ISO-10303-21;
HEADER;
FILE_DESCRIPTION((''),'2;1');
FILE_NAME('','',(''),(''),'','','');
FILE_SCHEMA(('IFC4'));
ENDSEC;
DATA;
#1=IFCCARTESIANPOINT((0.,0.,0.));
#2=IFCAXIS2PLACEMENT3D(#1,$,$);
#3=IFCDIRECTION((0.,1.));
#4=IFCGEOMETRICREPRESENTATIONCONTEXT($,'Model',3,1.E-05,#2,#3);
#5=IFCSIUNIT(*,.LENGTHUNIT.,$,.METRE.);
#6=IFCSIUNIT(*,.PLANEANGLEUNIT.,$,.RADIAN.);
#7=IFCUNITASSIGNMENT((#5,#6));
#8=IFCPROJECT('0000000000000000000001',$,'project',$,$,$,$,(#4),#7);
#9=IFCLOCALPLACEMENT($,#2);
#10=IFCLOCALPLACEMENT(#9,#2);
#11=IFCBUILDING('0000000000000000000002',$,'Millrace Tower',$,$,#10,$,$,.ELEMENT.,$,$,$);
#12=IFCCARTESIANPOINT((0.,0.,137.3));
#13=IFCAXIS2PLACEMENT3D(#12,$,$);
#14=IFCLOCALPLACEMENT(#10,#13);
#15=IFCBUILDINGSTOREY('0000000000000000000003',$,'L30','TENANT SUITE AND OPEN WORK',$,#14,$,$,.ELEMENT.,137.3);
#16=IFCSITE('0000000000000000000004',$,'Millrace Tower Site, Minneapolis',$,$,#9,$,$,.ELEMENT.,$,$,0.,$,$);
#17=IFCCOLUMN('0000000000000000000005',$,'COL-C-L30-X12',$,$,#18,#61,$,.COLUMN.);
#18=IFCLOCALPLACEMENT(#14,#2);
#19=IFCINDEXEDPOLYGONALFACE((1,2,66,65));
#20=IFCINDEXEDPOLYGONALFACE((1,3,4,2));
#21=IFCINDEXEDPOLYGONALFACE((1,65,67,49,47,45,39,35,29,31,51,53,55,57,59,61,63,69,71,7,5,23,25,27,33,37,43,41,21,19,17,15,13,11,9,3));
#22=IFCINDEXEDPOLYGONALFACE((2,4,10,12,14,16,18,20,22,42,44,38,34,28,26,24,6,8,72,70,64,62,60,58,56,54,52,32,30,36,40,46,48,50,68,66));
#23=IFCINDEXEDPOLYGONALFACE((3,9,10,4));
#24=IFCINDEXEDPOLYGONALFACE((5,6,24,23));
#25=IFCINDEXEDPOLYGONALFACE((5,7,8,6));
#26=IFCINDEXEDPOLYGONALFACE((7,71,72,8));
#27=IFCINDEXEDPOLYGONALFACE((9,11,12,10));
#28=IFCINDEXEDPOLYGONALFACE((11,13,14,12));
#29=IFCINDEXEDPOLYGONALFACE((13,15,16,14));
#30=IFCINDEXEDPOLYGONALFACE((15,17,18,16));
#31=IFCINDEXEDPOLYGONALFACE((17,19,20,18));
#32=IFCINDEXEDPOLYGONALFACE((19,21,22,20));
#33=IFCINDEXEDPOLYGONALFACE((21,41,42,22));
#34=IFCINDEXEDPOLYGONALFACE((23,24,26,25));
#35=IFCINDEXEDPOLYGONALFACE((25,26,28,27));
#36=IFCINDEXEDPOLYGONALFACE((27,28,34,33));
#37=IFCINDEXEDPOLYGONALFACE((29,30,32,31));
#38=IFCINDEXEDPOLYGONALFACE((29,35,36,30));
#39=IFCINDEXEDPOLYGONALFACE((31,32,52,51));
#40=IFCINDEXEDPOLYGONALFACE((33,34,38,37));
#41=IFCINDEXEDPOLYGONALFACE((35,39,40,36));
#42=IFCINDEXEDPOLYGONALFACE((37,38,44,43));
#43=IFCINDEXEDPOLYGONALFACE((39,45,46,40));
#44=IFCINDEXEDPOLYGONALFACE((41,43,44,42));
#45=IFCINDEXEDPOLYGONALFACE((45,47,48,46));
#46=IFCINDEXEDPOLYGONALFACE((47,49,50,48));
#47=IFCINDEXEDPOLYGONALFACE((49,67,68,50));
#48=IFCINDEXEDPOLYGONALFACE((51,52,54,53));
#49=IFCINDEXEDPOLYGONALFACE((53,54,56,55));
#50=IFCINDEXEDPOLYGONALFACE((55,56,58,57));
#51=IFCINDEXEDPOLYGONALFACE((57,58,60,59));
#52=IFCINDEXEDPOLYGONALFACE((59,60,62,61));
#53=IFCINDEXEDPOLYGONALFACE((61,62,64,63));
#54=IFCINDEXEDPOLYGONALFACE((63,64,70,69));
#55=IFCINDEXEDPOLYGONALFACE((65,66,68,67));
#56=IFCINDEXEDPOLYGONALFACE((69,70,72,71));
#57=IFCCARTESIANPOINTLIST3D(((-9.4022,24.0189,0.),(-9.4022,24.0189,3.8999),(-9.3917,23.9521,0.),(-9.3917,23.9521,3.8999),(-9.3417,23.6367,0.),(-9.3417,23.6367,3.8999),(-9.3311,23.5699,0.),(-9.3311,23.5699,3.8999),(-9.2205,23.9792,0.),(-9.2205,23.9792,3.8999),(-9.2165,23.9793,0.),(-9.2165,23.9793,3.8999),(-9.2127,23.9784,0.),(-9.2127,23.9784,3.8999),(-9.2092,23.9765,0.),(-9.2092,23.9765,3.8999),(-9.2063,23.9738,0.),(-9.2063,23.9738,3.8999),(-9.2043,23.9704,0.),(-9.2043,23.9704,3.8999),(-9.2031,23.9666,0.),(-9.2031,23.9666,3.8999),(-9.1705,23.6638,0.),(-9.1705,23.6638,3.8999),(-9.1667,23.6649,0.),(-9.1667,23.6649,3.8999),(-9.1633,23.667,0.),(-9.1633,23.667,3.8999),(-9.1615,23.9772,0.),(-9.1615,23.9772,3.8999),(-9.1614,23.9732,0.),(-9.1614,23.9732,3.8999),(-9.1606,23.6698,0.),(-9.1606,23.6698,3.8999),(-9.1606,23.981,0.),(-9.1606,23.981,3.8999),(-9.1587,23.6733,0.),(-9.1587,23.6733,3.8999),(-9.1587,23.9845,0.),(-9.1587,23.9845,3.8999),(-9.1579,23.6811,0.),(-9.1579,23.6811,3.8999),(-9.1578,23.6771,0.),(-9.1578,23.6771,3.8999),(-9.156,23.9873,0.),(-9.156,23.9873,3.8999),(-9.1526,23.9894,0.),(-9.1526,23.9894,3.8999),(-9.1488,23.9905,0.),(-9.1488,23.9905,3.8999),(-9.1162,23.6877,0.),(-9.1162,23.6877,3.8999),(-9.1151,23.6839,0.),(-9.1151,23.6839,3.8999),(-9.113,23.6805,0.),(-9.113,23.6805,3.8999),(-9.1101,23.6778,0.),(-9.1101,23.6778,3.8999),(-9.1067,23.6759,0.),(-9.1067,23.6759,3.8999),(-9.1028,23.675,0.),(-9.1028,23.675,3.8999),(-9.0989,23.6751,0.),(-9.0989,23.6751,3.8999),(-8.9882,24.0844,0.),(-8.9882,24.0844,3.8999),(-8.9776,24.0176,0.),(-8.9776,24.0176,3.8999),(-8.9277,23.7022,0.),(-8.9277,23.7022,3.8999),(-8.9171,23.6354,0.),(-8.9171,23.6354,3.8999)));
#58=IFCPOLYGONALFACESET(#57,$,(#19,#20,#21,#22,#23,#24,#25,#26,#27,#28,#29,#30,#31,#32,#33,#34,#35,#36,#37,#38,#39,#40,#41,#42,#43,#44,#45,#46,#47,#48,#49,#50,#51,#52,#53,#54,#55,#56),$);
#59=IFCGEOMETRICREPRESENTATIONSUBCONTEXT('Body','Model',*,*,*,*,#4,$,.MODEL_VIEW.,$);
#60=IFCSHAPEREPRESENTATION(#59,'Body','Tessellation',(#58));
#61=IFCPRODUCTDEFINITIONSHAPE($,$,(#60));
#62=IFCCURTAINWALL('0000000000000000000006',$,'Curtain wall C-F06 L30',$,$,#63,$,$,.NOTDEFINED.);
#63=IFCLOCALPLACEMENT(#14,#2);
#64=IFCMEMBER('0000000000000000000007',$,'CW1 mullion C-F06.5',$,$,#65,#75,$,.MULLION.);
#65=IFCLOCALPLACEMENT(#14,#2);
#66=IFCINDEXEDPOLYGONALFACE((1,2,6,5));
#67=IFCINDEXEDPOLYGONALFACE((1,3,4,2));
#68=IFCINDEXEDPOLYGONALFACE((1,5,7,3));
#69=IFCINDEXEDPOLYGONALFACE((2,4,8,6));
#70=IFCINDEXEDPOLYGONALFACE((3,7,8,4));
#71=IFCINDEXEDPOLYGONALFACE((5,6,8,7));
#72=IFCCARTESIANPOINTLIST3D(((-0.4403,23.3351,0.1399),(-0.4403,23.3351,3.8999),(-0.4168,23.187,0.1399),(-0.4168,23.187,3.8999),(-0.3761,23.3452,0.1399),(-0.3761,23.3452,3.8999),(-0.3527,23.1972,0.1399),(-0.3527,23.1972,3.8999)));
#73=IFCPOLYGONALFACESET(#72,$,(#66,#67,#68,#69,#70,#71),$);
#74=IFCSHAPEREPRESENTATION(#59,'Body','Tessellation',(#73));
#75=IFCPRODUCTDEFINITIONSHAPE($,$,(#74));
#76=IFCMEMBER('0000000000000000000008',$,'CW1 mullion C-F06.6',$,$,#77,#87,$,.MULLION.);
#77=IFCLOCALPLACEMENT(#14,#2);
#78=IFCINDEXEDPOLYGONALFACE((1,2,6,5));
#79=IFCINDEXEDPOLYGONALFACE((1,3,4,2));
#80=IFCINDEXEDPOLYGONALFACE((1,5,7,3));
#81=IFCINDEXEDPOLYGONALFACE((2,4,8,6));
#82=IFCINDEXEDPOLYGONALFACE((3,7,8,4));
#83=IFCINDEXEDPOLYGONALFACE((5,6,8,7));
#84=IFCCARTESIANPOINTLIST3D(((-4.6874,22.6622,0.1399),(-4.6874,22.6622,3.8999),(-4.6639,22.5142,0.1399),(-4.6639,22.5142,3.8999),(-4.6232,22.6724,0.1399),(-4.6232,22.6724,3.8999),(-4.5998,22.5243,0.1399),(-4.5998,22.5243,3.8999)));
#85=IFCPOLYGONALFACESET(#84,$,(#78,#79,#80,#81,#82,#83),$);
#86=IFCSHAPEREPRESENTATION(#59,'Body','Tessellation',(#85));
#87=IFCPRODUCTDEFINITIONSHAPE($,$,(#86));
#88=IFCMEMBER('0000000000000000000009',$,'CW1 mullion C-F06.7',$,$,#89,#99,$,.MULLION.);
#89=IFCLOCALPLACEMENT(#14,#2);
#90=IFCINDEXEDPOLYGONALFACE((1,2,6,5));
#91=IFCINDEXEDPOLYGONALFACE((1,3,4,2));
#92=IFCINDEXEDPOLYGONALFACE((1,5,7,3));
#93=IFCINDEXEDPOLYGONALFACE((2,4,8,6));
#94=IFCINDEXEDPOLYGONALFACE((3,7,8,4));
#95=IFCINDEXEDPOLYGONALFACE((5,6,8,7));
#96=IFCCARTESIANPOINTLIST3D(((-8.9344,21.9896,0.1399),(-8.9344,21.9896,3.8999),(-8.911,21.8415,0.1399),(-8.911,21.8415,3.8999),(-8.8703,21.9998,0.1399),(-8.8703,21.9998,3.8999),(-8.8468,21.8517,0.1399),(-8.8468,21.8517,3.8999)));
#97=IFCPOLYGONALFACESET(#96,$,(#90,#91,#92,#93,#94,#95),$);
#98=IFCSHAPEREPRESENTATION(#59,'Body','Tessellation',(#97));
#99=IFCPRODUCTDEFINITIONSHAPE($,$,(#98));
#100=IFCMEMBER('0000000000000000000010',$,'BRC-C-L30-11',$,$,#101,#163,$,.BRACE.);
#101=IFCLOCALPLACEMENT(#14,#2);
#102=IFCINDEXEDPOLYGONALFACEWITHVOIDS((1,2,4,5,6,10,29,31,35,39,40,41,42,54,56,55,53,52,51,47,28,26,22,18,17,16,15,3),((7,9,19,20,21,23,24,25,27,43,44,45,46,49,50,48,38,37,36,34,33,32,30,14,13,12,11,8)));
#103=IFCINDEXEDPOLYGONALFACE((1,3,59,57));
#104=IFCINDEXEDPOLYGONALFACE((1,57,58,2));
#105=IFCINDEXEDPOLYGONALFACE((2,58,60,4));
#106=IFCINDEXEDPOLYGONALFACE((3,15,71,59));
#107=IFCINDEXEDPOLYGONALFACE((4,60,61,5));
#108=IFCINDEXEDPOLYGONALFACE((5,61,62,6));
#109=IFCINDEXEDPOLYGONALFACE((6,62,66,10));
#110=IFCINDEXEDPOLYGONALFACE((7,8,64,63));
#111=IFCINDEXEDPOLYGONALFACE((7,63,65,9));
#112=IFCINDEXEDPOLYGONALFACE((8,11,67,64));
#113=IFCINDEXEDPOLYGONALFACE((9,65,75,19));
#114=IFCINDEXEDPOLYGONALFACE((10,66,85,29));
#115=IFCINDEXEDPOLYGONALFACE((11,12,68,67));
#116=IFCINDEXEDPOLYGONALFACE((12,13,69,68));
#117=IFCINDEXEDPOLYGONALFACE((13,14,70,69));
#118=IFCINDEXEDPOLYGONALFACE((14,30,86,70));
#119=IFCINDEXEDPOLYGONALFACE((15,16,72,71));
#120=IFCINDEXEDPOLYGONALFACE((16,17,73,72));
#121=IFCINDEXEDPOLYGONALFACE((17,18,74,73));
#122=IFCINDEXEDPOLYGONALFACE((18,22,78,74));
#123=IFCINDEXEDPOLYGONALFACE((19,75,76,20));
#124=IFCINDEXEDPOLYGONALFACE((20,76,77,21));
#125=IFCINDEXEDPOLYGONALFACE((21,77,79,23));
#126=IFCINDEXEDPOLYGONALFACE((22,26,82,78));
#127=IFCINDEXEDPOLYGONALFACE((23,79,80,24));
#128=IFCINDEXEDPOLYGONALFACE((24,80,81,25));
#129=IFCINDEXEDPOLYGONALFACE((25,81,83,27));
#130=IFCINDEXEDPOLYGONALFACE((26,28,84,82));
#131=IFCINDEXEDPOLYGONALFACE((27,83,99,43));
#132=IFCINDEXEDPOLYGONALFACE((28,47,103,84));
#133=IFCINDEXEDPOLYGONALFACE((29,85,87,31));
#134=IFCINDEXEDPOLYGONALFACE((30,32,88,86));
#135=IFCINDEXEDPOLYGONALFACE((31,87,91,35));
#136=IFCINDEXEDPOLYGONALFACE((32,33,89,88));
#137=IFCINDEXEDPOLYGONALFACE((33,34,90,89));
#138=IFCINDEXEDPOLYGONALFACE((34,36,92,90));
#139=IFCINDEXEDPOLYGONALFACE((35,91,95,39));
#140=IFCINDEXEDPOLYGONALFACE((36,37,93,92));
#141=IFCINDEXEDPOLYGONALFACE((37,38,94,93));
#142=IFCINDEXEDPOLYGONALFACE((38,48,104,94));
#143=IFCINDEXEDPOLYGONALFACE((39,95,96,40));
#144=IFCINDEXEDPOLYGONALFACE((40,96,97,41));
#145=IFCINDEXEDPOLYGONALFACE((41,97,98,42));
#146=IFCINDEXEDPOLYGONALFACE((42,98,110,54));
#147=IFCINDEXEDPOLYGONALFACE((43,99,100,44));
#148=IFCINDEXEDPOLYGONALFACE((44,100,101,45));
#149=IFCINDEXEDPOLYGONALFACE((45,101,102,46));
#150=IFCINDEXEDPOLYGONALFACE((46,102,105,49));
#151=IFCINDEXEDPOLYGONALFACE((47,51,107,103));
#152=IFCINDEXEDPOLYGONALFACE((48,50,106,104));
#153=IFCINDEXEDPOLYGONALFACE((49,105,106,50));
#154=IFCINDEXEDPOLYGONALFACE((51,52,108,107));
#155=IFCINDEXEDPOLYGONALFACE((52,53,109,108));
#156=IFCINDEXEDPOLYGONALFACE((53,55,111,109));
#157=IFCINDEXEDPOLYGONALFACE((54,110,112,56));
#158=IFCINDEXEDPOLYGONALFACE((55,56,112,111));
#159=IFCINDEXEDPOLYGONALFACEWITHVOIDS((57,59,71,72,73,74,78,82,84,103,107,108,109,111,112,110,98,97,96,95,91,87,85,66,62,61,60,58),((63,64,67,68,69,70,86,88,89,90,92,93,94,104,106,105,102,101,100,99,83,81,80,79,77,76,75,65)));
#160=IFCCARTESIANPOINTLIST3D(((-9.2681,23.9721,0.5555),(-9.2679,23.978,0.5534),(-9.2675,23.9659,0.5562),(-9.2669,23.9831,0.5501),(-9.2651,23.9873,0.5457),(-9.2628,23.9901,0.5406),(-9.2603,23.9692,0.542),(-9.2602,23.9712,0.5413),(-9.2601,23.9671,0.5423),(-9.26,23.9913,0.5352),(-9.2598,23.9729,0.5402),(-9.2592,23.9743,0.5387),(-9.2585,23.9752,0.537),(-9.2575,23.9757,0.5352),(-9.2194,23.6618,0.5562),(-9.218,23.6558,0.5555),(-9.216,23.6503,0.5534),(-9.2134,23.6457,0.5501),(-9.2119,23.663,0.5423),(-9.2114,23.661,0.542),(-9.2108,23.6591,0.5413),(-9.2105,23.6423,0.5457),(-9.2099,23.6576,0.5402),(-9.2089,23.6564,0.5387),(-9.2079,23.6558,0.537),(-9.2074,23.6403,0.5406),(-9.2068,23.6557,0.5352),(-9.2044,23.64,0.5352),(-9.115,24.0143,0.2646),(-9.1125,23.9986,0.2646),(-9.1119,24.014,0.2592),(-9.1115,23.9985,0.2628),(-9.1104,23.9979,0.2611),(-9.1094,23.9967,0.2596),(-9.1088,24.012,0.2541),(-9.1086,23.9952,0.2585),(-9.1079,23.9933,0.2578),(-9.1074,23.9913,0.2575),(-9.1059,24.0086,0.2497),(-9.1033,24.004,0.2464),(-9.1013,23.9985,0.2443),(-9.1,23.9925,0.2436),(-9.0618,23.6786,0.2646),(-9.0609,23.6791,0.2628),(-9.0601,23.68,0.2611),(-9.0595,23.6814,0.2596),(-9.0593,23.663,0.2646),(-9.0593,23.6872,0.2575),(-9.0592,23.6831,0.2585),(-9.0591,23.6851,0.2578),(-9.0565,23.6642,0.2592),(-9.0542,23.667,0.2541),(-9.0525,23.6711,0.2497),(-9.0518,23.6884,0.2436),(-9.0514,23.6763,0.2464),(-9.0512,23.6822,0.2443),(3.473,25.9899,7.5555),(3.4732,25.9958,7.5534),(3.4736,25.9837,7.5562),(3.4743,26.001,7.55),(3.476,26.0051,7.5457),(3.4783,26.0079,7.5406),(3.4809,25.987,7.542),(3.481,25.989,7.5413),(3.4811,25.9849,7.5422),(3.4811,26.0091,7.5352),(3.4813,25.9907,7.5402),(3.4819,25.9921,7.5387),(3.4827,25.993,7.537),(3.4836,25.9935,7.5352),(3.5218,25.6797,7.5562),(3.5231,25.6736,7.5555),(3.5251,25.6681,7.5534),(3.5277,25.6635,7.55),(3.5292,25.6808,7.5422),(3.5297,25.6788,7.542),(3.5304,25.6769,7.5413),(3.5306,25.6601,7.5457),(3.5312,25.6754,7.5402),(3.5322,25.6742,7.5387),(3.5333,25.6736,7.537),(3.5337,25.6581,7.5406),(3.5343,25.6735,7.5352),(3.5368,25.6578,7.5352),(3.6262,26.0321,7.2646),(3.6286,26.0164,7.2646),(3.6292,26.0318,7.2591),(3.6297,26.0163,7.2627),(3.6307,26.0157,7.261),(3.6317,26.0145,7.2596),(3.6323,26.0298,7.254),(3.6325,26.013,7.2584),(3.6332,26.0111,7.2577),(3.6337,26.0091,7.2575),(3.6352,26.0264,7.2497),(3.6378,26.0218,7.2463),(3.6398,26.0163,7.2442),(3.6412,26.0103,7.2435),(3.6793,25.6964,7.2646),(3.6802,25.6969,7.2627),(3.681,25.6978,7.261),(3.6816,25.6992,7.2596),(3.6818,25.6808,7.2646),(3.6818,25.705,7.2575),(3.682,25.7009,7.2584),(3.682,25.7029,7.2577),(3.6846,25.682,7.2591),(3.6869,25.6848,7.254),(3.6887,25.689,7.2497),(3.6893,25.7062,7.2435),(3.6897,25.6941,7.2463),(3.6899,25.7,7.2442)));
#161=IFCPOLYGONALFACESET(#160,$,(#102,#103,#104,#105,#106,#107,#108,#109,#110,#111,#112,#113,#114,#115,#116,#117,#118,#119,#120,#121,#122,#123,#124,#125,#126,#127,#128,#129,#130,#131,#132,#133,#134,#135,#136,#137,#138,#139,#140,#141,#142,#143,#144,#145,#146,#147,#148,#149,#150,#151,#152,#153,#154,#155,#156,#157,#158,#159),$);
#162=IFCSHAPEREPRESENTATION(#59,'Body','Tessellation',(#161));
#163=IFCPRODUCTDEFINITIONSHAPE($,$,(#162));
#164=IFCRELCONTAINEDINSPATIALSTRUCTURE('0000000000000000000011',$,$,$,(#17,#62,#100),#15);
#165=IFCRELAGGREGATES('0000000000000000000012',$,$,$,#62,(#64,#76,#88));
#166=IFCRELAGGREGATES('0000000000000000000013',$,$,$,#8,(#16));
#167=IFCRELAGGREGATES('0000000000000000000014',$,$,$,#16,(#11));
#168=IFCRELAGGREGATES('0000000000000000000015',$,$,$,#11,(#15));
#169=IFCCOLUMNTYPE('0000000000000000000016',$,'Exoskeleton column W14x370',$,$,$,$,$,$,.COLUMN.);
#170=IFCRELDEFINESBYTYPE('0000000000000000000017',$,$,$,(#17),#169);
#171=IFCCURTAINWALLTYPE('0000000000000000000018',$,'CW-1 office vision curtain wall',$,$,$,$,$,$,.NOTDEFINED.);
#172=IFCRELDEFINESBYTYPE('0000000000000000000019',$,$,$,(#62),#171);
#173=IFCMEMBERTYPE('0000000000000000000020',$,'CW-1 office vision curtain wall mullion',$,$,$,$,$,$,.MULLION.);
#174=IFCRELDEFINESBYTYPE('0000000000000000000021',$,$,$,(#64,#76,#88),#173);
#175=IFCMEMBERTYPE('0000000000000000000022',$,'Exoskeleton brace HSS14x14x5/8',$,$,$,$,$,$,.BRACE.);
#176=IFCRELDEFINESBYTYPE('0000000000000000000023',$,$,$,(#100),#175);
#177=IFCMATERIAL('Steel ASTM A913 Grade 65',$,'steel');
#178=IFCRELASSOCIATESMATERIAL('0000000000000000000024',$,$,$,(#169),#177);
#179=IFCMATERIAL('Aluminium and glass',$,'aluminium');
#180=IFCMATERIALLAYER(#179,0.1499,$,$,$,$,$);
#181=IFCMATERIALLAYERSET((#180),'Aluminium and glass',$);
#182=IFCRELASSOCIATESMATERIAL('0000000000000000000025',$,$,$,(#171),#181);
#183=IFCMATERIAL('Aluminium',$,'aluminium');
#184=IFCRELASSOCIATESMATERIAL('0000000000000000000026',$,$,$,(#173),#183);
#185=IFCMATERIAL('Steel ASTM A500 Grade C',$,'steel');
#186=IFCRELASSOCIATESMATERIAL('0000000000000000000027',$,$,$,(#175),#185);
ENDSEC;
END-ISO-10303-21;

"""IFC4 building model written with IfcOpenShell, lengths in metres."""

from ifc_helpers import new_model, si_unit, direction, frame, origin, origin_2d, place, context, subcontext, project, spatial, rectangle, hollow_rectangle, i_section, extrude, material, layer, layer_set, material_profile, profile_set, type_object, element, aggregate, save


model = new_model("IFC4")

# Units and contexts
model_context = context("Model", 3, precision=1e-05, world=origin(), true_north=direction((0.0, 1.0)))
body_context = subcontext(model_context, "Body", "Model", "MODEL_VIEW")
ifc_project = project(units=[si_unit("LENGTHUNIT", "METRE"), si_unit("PLANEANGLEUNIT", "RADIAN")], contexts=[model_context])

# Site, building, storey
site_placement = place(None, origin())
site = spatial("IfcSite", under=ifc_project, at=site_placement, Name="Millrace Tower Site, Minneapolis", CompositionType="ELEMENT", RefElevation=0.0)
building_placement = place(site_placement, origin())
building = spatial("IfcBuilding", under=site, at=building_placement, Name="Millrace Tower", CompositionType="ELEMENT")
storey_placement = place(building_placement, frame((0.0, 0.0, 137.3)))
storey = spatial("IfcBuildingStorey", under=building, at=storey_placement, Name="L30", Description="TENANT SUITE AND OPEN WORK", CompositionType="ELEMENT", Elevation=137.3)

# Column
ifc_material_1 = material(Name="Steel ASTM A913 Grade 65", Category="steel")
ifc_material_profile_1 = material_profile(ifc_material_1, i_section(OverallWidth=0.4192, OverallDepth=0.4546, WebThickness=0.0422, FlangeThickness=0.0676, FilletRadius=0.0151, at=origin_2d()))
ifc_profile_set_1 = profile_set([ifc_material_profile_1], Name="Steel ASTM A913 Grade 65")
column_type = type_object("IfcColumnType", Name="Exoskeleton column W14x370", PredefinedType="COLUMN", material=ifc_profile_set_1)
column_placement = place(storey_placement, frame((-9.1597, 23.8271, 0.0), z_axis=(0.0, 0.0, 1.0), x_axis=(-0.987688, -0.156434, 0.0)))
element("IfcColumn", 1, at=column_placement, inside=storey, type_object=column_type, Name="COL-C-L30-X12", PredefinedType="COLUMN", context=body_context, shape_type="SweptSolid", body=[
    extrude(i_section(OverallWidth=0.4192, OverallDepth=0.4546, WebThickness=0.0422, FlangeThickness=0.0676, FilletRadius=0.0151, at=origin_2d()), origin(), (0.0, 0.0, 1.0), 3.8999),
])

# Curtain wall, members
ifc_material_2 = material(Name="Aluminium and glass", Category="aluminium")
ifc_layer_1 = layer(ifc_material_2, 0.1499)
ifc_layer_set_1 = layer_set([ifc_layer_1], Name="Aluminium and glass")
curtain_wall_type = type_object("IfcCurtainWallType", Name="CW-1 office vision curtain wall", PredefinedType="NOTDEFINED", material=ifc_layer_set_1)
placement = place(storey_placement, origin())
curtain_wall = element("IfcCurtainWall", 2, at=placement, inside=storey, type_object=curtain_wall_type, Name="Curtain wall C-F06 L30", PredefinedType="NOTDEFINED")
ifc_material_3 = material(Name="Aluminium", Category="aluminium")
ifc_material_profile_2 = material_profile(ifc_material_3, rectangle(XDim=0.0649, YDim=0.1499, at=origin_2d()))
ifc_profile_set_2 = profile_set([ifc_material_profile_2], Name="Aluminium")
member_type_1 = type_object("IfcMemberType", Name="CW-1 office vision curtain wall mullion", PredefinedType="MULLION", material=ifc_profile_set_2)
member_1_placement = place(storey_placement, frame((-0.3965, 23.2661, 0.1399), z_axis=(0.0, 0.0, 1.0), x_axis=(-0.987688, -0.156434, 0.0)))
member_1 = element("IfcMember", 3, at=member_1_placement, type_object=member_type_1, Name="CW1 mullion C-F06.5", PredefinedType="MULLION", context=body_context, shape_type="SweptSolid", body=[
    extrude(rectangle(XDim=0.0649, YDim=0.1499, at=origin_2d()), origin(), (0.0, 0.0, 1.0), 3.76),
])
member_2_placement = place(storey_placement, frame((-4.6436, 22.5933, 0.1399), z_axis=(0.0, 0.0, 1.0), x_axis=(-0.987688, -0.156434, 0.0)))
member_2 = element("IfcMember", 4, at=member_2_placement, type_object=member_type_1, Name="CW1 mullion C-F06.6", PredefinedType="MULLION", context=body_context, shape_type="SweptSolid", body=[
    extrude(rectangle(XDim=0.0649, YDim=0.1499, at=origin_2d()), origin(), (0.0, 0.0, 1.0), 3.76),
])
member_3_placement = place(storey_placement, frame((-8.8906, 21.9207, 0.1399), z_axis=(0.0, 0.0, 1.0), x_axis=(-0.987688, -0.156434, 0.0)))
member_3 = element("IfcMember", 5, at=member_3_placement, type_object=member_type_1, Name="CW1 mullion C-F06.7", PredefinedType="MULLION", context=body_context, shape_type="SweptSolid", body=[
    extrude(rectangle(XDim=0.0649, YDim=0.1499, at=origin_2d()), origin(), (0.0, 0.0, 1.0), 3.76),
])
aggregate(curtain_wall, [member_1, member_2, member_3])

# Member
ifc_material_4 = material(Name="Steel ASTM A500 Grade C", Category="steel")
ifc_material_profile_3 = material_profile(ifc_material_4, hollow_rectangle(XDim=0.3557, YDim=0.3557, WallThickness=0.0159, InnerFilletRadius=0.0081, OuterFilletRadius=0.0239, at=origin_2d()))
ifc_profile_set_3 = profile_set([ifc_material_profile_3], Name="Steel ASTM A500 Grade C")
member_type_2 = type_object("IfcMemberType", Name="Exoskeleton brace HSS14x14x5/8", PredefinedType="BRACE", material=ifc_profile_set_3)
member_4_placement = place(storey_placement, frame((-9.1597, 23.8271, 0.3999), z_axis=(0.868116, 0.137483, 0.476941), x_axis=(-0.15642, 0.987691, 0.0)))
element("IfcMember", 6, at=member_4_placement, inside=storey, type_object=member_type_2, Name="BRC-C-L30-11", PredefinedType="BRACE", context=body_context, shape_type="SweptSolid", body=[
    extrude(hollow_rectangle(XDim=0.3557, YDim=0.3557, WallThickness=0.0159, InnerFilletRadius=0.0081, OuterFilletRadius=0.0239, at=origin_2d()), origin(), (0.0, 0.0, 1.0), 14.6768),
])

save(model, "model.ifc")
